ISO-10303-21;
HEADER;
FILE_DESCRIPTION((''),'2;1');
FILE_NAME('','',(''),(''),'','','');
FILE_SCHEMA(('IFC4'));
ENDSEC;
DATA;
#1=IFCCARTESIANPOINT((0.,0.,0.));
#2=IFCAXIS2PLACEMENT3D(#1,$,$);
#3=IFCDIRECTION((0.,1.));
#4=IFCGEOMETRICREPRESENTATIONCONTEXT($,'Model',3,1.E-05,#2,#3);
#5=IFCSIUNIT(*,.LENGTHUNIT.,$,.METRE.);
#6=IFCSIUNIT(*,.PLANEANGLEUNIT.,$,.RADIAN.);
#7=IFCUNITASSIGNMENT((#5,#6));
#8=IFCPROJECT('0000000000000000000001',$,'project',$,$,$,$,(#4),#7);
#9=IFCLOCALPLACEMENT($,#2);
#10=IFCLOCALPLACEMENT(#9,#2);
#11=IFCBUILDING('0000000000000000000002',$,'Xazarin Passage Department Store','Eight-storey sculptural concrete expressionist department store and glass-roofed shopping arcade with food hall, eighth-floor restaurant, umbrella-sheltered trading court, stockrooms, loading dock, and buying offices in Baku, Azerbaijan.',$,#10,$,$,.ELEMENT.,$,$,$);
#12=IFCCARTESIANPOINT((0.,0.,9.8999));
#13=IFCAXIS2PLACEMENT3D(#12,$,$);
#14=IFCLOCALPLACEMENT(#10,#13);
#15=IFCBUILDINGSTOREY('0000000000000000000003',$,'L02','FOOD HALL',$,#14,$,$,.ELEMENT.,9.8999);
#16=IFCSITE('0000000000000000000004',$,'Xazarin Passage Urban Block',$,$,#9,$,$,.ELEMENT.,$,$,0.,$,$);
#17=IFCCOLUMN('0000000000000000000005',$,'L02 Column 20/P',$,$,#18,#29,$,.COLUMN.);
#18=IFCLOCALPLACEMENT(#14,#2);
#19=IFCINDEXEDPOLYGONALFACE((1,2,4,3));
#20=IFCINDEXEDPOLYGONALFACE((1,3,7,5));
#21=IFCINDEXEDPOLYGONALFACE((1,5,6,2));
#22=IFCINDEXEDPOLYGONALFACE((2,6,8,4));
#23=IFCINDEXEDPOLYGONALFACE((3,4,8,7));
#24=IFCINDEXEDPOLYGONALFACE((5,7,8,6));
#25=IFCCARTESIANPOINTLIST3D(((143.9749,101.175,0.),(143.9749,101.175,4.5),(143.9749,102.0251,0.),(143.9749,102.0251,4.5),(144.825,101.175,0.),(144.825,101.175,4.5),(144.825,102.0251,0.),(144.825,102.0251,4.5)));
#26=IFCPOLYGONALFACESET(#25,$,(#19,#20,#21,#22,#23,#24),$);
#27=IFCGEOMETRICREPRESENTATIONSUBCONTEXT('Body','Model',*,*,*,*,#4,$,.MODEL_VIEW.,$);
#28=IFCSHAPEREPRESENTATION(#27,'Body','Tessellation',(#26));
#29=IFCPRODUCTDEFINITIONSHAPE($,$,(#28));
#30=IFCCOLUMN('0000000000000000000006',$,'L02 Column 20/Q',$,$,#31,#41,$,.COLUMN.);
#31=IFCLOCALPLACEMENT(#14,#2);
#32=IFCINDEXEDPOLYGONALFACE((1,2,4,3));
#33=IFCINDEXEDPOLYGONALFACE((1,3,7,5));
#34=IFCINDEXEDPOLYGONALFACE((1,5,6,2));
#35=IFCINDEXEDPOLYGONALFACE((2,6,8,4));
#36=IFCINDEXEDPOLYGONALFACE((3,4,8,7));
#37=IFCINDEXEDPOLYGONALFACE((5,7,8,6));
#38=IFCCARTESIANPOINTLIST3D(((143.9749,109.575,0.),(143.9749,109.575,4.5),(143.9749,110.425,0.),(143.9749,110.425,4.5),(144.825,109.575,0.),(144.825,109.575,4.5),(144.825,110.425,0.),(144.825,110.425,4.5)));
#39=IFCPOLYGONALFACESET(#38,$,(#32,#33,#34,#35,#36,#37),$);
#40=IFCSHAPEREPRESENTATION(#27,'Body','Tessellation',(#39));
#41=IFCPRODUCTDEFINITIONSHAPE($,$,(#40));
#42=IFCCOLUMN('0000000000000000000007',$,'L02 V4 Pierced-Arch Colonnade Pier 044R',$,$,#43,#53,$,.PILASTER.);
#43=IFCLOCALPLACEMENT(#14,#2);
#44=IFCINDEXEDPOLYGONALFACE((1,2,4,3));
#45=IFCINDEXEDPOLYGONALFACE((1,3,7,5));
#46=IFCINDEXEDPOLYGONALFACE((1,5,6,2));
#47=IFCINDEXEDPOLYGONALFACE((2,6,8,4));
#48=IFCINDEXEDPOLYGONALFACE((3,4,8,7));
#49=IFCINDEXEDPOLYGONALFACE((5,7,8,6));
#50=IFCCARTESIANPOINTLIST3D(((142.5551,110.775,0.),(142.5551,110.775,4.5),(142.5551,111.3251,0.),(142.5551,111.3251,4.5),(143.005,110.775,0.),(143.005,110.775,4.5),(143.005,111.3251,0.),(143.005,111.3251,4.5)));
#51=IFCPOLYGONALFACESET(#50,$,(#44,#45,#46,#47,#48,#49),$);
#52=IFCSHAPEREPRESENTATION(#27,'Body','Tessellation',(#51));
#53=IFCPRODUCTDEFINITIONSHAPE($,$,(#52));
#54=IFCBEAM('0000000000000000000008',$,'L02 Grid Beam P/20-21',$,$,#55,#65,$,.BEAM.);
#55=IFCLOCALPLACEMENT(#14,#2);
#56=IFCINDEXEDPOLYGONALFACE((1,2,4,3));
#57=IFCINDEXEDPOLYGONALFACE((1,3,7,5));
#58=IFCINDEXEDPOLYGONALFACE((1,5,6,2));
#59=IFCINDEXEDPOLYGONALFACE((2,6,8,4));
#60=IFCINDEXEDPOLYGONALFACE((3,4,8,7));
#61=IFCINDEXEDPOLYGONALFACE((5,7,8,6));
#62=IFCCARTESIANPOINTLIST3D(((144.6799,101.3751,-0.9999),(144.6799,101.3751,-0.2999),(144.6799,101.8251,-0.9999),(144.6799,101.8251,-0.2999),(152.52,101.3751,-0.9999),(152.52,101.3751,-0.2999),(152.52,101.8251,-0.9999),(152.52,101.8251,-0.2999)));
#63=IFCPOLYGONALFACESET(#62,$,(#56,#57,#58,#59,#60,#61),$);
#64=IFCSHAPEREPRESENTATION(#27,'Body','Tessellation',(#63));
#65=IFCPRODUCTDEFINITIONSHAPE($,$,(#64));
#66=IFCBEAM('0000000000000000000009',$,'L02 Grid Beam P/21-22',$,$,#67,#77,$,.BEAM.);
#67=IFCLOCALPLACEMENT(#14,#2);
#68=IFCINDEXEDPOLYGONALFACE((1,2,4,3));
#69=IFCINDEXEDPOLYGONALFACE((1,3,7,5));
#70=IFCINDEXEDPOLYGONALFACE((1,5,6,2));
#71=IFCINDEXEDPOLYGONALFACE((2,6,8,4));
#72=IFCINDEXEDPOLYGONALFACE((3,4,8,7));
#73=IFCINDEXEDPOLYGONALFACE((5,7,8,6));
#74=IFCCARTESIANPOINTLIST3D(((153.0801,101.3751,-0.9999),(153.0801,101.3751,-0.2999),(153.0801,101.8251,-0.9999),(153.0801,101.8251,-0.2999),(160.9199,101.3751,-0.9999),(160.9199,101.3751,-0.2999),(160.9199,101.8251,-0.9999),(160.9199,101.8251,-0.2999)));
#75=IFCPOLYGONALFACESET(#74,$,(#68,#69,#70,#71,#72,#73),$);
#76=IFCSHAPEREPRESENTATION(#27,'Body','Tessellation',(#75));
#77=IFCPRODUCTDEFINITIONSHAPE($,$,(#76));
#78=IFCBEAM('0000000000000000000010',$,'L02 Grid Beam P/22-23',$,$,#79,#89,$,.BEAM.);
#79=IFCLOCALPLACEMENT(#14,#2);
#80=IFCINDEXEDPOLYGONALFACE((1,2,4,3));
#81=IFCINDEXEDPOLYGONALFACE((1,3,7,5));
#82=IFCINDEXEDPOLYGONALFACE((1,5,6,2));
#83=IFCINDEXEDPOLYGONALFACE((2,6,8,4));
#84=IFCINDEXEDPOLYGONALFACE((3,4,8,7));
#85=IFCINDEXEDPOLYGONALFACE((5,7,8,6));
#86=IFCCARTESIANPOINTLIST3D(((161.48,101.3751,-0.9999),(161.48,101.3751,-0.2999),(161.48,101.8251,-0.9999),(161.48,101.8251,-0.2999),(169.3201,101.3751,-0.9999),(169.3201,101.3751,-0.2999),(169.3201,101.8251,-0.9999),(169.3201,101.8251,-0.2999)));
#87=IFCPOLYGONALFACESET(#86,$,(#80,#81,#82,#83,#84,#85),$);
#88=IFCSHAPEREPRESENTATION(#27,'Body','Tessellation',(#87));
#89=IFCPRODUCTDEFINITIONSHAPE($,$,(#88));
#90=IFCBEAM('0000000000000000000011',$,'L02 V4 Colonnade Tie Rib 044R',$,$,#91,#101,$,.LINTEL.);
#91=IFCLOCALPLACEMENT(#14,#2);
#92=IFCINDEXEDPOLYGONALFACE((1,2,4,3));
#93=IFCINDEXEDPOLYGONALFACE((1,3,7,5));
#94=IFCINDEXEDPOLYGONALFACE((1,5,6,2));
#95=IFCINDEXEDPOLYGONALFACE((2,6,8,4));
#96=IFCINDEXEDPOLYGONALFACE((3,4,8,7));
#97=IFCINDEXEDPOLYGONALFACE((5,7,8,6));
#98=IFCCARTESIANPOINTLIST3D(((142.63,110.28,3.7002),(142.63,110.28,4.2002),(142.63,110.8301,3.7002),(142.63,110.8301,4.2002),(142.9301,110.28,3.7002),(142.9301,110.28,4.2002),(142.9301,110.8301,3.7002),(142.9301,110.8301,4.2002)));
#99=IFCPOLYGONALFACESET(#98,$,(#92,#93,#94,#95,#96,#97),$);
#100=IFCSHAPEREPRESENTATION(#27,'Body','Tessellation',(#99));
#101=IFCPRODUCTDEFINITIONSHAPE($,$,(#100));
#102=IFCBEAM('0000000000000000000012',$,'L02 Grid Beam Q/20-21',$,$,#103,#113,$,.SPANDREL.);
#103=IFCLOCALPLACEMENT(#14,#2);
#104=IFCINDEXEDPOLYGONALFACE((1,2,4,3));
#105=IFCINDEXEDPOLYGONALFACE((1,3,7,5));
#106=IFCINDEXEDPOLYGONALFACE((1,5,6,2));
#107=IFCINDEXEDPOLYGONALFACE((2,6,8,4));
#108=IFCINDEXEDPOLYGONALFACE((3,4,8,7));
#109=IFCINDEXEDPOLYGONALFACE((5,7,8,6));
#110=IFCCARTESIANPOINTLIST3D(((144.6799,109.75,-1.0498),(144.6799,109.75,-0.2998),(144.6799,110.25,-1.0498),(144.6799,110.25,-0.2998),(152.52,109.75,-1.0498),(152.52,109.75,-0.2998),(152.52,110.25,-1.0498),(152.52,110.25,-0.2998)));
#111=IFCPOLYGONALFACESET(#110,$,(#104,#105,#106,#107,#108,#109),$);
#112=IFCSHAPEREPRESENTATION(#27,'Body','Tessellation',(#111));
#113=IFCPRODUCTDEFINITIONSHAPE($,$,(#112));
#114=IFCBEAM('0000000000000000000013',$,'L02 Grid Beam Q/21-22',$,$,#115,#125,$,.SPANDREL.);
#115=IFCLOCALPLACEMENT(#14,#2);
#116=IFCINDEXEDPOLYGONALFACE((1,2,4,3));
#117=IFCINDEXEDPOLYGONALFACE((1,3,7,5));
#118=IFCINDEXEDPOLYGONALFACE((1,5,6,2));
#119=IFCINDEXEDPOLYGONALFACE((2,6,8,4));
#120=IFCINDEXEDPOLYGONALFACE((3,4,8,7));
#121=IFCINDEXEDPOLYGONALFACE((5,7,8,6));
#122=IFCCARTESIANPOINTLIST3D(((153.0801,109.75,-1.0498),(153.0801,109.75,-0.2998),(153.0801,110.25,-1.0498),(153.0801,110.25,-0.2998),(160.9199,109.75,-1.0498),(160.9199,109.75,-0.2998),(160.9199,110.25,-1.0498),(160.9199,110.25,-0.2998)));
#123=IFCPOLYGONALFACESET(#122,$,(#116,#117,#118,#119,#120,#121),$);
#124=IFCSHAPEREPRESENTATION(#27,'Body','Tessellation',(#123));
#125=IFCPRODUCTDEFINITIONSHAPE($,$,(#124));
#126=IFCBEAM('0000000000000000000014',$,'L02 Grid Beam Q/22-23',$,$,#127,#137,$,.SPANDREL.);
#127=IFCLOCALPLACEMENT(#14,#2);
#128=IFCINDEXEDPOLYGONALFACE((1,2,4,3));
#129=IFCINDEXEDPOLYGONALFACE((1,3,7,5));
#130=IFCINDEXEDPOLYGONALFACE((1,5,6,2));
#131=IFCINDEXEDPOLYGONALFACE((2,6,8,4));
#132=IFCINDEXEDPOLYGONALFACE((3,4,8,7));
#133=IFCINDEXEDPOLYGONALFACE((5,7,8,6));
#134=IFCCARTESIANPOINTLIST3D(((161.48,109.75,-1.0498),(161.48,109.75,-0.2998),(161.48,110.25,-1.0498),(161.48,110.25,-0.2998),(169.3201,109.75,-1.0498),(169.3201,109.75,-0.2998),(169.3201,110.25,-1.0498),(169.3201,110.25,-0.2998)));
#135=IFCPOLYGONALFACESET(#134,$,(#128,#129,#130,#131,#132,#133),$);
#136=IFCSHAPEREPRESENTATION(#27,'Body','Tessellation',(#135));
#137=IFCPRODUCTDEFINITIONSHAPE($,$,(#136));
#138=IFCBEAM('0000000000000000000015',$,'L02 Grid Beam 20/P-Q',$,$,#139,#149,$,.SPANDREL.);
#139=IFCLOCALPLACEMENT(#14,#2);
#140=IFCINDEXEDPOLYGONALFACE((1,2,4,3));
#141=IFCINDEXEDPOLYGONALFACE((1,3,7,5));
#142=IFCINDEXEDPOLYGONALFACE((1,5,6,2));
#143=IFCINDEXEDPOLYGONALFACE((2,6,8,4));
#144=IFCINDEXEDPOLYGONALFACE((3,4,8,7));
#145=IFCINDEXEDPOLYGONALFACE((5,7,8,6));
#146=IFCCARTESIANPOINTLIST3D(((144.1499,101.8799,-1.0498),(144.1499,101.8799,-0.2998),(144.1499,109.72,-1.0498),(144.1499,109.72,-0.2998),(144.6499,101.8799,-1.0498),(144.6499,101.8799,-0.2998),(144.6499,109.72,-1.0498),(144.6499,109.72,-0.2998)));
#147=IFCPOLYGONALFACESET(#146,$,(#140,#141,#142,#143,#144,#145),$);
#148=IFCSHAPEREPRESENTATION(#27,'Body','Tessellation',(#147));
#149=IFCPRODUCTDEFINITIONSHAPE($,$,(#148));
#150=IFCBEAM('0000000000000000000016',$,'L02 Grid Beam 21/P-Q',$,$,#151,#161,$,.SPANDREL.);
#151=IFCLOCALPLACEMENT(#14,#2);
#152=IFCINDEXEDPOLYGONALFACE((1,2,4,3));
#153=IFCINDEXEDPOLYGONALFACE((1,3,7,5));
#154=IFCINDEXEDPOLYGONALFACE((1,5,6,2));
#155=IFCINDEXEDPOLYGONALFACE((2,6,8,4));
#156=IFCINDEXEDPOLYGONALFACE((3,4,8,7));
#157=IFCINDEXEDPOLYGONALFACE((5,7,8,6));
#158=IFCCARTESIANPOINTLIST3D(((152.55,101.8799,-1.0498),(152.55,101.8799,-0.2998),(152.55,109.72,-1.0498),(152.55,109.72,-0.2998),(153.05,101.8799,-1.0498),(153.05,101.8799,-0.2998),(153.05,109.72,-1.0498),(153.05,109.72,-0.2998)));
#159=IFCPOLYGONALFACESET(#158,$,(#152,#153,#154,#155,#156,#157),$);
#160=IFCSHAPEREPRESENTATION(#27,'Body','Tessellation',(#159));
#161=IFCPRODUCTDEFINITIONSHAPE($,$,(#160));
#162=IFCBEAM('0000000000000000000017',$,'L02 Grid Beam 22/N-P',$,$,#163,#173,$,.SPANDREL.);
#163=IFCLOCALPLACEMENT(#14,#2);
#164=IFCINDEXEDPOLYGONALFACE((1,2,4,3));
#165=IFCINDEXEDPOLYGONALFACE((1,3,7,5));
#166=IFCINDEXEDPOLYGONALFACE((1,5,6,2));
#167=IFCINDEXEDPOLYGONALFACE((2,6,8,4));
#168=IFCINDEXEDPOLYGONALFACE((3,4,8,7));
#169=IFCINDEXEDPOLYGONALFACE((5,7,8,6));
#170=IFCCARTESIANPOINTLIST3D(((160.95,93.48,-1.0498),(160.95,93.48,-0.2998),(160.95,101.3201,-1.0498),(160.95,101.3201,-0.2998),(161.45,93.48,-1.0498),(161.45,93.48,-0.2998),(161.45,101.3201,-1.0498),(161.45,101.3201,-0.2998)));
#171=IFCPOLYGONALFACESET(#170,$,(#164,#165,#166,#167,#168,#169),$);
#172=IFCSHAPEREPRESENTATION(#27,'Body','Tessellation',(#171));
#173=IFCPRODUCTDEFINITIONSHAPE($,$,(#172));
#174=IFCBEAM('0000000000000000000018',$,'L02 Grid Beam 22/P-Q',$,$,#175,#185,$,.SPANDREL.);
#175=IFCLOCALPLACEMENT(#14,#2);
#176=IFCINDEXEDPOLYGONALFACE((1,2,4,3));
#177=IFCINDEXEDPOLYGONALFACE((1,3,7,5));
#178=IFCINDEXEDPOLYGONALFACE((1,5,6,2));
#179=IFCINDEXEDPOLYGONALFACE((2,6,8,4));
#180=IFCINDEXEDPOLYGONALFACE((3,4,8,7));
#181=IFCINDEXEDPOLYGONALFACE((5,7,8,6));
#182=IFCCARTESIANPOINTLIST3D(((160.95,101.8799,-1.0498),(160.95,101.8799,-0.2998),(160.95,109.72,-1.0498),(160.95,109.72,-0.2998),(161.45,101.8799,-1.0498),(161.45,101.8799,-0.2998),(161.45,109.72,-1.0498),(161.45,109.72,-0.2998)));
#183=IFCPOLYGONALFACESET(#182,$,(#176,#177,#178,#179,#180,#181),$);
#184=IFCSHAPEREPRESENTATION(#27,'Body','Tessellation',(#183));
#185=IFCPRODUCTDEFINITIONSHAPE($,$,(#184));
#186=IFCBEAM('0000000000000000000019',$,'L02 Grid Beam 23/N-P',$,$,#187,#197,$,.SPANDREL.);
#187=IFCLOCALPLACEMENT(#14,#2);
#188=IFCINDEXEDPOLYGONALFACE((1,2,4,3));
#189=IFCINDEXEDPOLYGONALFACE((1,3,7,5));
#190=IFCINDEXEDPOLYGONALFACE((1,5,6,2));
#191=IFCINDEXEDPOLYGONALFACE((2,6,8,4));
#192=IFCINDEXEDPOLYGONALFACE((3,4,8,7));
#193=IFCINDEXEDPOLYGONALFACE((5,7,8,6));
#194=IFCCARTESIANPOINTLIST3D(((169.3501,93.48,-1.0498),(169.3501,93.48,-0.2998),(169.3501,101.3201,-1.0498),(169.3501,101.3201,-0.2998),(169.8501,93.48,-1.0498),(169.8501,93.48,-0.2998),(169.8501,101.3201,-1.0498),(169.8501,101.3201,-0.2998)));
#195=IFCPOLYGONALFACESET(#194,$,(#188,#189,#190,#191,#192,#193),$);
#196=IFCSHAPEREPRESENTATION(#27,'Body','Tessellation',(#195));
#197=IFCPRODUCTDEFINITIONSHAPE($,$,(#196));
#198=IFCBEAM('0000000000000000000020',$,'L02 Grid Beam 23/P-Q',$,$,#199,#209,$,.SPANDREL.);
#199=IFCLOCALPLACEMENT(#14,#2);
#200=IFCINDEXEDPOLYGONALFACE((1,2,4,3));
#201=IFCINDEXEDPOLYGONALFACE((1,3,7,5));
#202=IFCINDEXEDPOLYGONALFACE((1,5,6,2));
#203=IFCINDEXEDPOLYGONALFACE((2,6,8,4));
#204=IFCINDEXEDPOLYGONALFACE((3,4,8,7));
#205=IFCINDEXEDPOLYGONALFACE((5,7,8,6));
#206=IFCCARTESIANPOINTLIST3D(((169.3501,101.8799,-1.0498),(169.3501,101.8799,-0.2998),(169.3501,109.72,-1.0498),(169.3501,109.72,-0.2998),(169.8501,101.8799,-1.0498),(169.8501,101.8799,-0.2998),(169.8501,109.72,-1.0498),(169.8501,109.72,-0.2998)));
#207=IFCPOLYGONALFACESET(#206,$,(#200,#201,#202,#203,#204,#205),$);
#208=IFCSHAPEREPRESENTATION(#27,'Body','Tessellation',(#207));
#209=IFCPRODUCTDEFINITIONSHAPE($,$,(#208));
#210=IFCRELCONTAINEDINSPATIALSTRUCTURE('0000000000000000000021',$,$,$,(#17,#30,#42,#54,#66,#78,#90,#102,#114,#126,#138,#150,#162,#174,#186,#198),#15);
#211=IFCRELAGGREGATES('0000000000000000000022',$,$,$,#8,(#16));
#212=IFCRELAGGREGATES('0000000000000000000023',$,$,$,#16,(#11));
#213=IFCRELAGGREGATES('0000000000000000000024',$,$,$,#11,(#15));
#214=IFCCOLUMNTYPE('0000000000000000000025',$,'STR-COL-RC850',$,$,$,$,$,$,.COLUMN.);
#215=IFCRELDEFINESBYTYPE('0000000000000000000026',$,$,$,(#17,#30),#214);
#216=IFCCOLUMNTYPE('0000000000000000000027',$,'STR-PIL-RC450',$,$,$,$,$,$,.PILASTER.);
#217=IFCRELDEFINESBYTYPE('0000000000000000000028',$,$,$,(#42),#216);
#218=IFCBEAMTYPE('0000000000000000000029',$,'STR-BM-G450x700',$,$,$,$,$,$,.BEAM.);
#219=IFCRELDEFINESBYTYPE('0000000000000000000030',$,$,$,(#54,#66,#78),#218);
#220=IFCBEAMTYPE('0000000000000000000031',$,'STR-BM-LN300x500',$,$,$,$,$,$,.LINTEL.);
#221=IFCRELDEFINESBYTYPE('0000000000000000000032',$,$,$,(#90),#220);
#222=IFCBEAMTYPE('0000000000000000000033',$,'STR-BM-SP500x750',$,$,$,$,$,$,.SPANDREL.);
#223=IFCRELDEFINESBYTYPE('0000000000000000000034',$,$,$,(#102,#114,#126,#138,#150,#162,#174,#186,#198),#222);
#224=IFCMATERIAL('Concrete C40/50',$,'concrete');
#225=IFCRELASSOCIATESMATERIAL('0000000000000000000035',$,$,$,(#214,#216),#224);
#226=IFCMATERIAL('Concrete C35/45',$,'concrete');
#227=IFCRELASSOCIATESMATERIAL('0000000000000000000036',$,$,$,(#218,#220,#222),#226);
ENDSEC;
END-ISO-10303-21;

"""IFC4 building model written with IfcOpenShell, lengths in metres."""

from ifc_helpers import new_model, si_unit, direction, frame, origin, origin_2d, place, context, subcontext, project, spatial, rectangle, extrude, material, material_profile, profile_set, type_object, element, save


model = new_model("IFC4")

# Units and contexts
model_context = context("Model", 3, precision=1e-05, world=origin(), true_north=direction((0.0, 1.0)))
body_context = subcontext(model_context, "Body", "Model", "MODEL_VIEW")
ifc_project = project(units=[si_unit("LENGTHUNIT", "METRE"), si_unit("PLANEANGLEUNIT", "RADIAN")], contexts=[model_context])

# Site, building, storey
site_placement = place(None, origin())
site = spatial("IfcSite", under=ifc_project, at=site_placement, Name="Xazarin Passage Urban Block", CompositionType="ELEMENT", RefElevation=0.0)
building_placement = place(site_placement, origin())
building = spatial("IfcBuilding", under=site, at=building_placement, Name="Xazarin Passage Department Store", Description="Eight-storey sculptural concrete expressionist department store and glass-roofed shopping arcade with food hall, eighth-floor restaurant, umbrella-sheltered trading court, stockrooms, loading dock, and buying offices in Baku, Azerbaijan.", CompositionType="ELEMENT")
storey_placement = place(building_placement, frame((0.0, 0.0, 9.8999)))
storey = spatial("IfcBuildingStorey", under=building, at=storey_placement, Name="L02", Description="FOOD HALL", CompositionType="ELEMENT", Elevation=9.8999)

# Columns
ifc_material_1 = material(Name="Concrete C40/50", Category="concrete")
ifc_material_profile_1 = material_profile(ifc_material_1, rectangle(XDim=0.8501, YDim=0.8501, at=origin_2d()), Name="RC 850x850")
ifc_profile_set_1 = profile_set([ifc_material_profile_1], Name="Concrete C40/50")
column_type_1 = type_object("IfcColumnType", Name="STR-COL-RC850", PredefinedType="COLUMN", material=ifc_profile_set_1)
for number, where, z_axis, x_axis, name in (
    (1, (144.3999, 101.6001, 0.0), (0.0, 0.0, 1.0), (1.0, 0.0, 0.0), "L02 Column 20/P"),
    (2, (144.3999, 110.0, 0.0), (0.0, 0.0, 1.0), (1.0, 0.0, 0.0), "L02 Column 20/Q"),
):
    element("IfcColumn", number, at=place(storey_placement, frame(where, z_axis=z_axis, x_axis=x_axis)), inside=storey, type_object=column_type_1, Name=name, PredefinedType="COLUMN", context=body_context, shape_type="SweptSolid", body=[
        extrude(rectangle(XDim=0.8501, YDim=0.8501, at=origin_2d()), origin(), (0.0, 0.0, 1.0), 4.5),
    ])
ifc_material_profile_2 = material_profile(ifc_material_1, rectangle(XDim=0.45, YDim=0.55, at=origin_2d()), Name="RC 450x550")
ifc_profile_set_2 = profile_set([ifc_material_profile_2], Name="Concrete C40/50")
column_type_2 = type_object("IfcColumnType", Name="STR-PIL-RC450", PredefinedType="PILASTER", material=ifc_profile_set_2)
column_placement = place(storey_placement, frame((142.78, 111.05, 0.0), z_axis=(0.0, 0.0, 1.0), x_axis=(1.0, 0.0, 0.0)))
element("IfcColumn", 3, at=column_placement, inside=storey, type_object=column_type_2, Name="L02 V4 Pierced-Arch Colonnade Pier 044R", PredefinedType="PILASTER", context=body_context, shape_type="SweptSolid", body=[
    extrude(rectangle(XDim=0.45, YDim=0.55, at=origin_2d()), origin(), (0.0, 0.0, 1.0), 4.5),
])

# Beams
ifc_material_2 = material(Name="Concrete C35/45", Category="concrete")
ifc_material_profile_3 = material_profile(ifc_material_2, rectangle(XDim=0.45, YDim=0.7, at=origin_2d()), Name="RC 450x700")
ifc_profile_set_3 = profile_set([ifc_material_profile_3], Name="Concrete C35/45")
beam_type_1 = type_object("IfcBeamType", Name="STR-BM-G450x700", PredefinedType="BEAM", material=ifc_profile_set_3)
beam_1_placement = place(storey_placement, frame((144.6799, 101.6001, -0.6499), z_axis=(1.0, 0.0, 0.0), x_axis=(0.0, 1.0, 0.0)))
element("IfcBeam", 4, at=beam_1_placement, inside=storey, type_object=beam_type_1, Name="L02 Grid Beam P/20-21", PredefinedType="BEAM", context=body_context, shape_type="SweptSolid", body=[
    extrude(rectangle(XDim=0.45, YDim=0.7, at=origin_2d()), origin(), (0.0, 0.0, 1.0), 7.8401),
])
beam_2_placement = place(storey_placement, frame((153.0801, 101.6001, -0.6499), z_axis=(1.0, 0.0, 0.0), x_axis=(0.0, 1.0, 0.0)))
element("IfcBeam", 5, at=beam_2_placement, inside=storey, type_object=beam_type_1, Name="L02 Grid Beam P/21-22", PredefinedType="BEAM", context=body_context, shape_type="SweptSolid", body=[
    extrude(rectangle(XDim=0.45, YDim=0.7, at=origin_2d()), origin(), (0.0, 0.0, 1.0), 7.8398),
])
beam_3_placement = place(storey_placement, frame((161.48, 101.6001, -0.6499), z_axis=(1.0, 0.0, 0.0), x_axis=(0.0, 1.0, 0.0)))
element("IfcBeam", 6, at=beam_3_placement, inside=storey, type_object=beam_type_1, Name="L02 Grid Beam P/22-23", PredefinedType="BEAM", context=body_context, shape_type="SweptSolid", body=[
    extrude(rectangle(XDim=0.45, YDim=0.7, at=origin_2d()), origin(), (0.0, 0.0, 1.0), 7.8401),
])
ifc_material_profile_4 = material_profile(ifc_material_2, rectangle(XDim=0.3, YDim=0.5, at=origin_2d()), Name="RC 300x500")
ifc_profile_set_4 = profile_set([ifc_material_profile_4], Name="Concrete C35/45")
beam_type_2 = type_object("IfcBeamType", Name="STR-BM-LN300x500", PredefinedType="LINTEL", material=ifc_profile_set_4)
beam_4_placement = place(storey_placement, frame((142.78, 110.28, 3.9502), z_axis=(0.0, 1.0, 0.0), x_axis=(-1.0, 0.0, 0.0)))
element("IfcBeam", 7, at=beam_4_placement, inside=storey, type_object=beam_type_2, Name="L02 V4 Colonnade Tie Rib 044R", PredefinedType="LINTEL", context=body_context, shape_type="SweptSolid", body=[
    extrude(rectangle(XDim=0.3, YDim=0.5, at=origin_2d()), origin(), (0.0, 0.0, 1.0), 0.55),
])
ifc_material_profile_5 = material_profile(ifc_material_2, rectangle(XDim=0.5, YDim=0.75, at=origin_2d()), Name="RC 500x750")
ifc_profile_set_5 = profile_set([ifc_material_profile_5], Name="Concrete C35/45")
beam_type_3 = type_object("IfcBeamType", Name="STR-BM-SP500x750", PredefinedType="SPANDREL", material=ifc_profile_set_5)
beam_5_placement = place(storey_placement, frame((144.6799, 110.0, -0.6748), z_axis=(1.0, 0.0, 0.0), x_axis=(0.0, 1.0, 0.0)))
element("IfcBeam", 8, at=beam_5_placement, inside=storey, type_object=beam_type_3, Name="L02 Grid Beam Q/20-21", PredefinedType="SPANDREL", context=body_context, shape_type="SweptSolid", body=[
    extrude(rectangle(XDim=0.5, YDim=0.75, at=origin_2d()), origin(), (0.0, 0.0, 1.0), 7.8401),
])
beam_6_placement = place(storey_placement, frame((153.0801, 110.0, -0.6748), z_axis=(1.0, 0.0, 0.0), x_axis=(0.0, 1.0, 0.0)))
element("IfcBeam", 9, at=beam_6_placement, inside=storey, type_object=beam_type_3, Name="L02 Grid Beam Q/21-22", PredefinedType="SPANDREL", context=body_context, shape_type="SweptSolid", body=[
    extrude(rectangle(XDim=0.5, YDim=0.75, at=origin_2d()), origin(), (0.0, 0.0, 1.0), 7.8398),
])
for number, where, z_axis, x_axis, name in (
    (10, (161.48, 110.0, -0.6748), (1.0, 0.0, 0.0), (0.0, 1.0, 0.0), "L02 Grid Beam Q/22-23"),
    (11, (144.3999, 101.8799, -0.6748), (0.0, 1.0, 0.0), (-1.0, 0.0, 0.0), "L02 Grid Beam 20/P-Q"),
    (12, (152.8, 101.8799, -0.6748), (0.0, 1.0, 0.0), (-1.0, 0.0, 0.0), "L02 Grid Beam 21/P-Q"),
    (13, (161.2, 93.48, -0.6748), (0.0, 1.0, 0.0), (-1.0, 0.0, 0.0), "L02 Grid Beam 22/N-P"),
    (14, (161.2, 101.8799, -0.6748), (0.0, 1.0, 0.0), (-1.0, 0.0, 0.0), "L02 Grid Beam 22/P-Q"),
    (15, (169.6001, 93.48, -0.6748), (0.0, 1.0, 0.0), (-1.0, 0.0, 0.0), "L02 Grid Beam 23/N-P"),
    (16, (169.6001, 101.8799, -0.6748), (0.0, 1.0, 0.0), (-1.0, 0.0, 0.0), "L02 Grid Beam 23/P-Q"),
):
    element("IfcBeam", number, at=place(storey_placement, frame(where, z_axis=z_axis, x_axis=x_axis)), inside=storey, type_object=beam_type_3, Name=name, PredefinedType="SPANDREL", context=body_context, shape_type="SweptSolid", body=[
        extrude(rectangle(XDim=0.5, YDim=0.75, at=origin_2d()), origin(), (0.0, 0.0, 1.0), 7.8401),
    ])

save(model, "model.ifc")
